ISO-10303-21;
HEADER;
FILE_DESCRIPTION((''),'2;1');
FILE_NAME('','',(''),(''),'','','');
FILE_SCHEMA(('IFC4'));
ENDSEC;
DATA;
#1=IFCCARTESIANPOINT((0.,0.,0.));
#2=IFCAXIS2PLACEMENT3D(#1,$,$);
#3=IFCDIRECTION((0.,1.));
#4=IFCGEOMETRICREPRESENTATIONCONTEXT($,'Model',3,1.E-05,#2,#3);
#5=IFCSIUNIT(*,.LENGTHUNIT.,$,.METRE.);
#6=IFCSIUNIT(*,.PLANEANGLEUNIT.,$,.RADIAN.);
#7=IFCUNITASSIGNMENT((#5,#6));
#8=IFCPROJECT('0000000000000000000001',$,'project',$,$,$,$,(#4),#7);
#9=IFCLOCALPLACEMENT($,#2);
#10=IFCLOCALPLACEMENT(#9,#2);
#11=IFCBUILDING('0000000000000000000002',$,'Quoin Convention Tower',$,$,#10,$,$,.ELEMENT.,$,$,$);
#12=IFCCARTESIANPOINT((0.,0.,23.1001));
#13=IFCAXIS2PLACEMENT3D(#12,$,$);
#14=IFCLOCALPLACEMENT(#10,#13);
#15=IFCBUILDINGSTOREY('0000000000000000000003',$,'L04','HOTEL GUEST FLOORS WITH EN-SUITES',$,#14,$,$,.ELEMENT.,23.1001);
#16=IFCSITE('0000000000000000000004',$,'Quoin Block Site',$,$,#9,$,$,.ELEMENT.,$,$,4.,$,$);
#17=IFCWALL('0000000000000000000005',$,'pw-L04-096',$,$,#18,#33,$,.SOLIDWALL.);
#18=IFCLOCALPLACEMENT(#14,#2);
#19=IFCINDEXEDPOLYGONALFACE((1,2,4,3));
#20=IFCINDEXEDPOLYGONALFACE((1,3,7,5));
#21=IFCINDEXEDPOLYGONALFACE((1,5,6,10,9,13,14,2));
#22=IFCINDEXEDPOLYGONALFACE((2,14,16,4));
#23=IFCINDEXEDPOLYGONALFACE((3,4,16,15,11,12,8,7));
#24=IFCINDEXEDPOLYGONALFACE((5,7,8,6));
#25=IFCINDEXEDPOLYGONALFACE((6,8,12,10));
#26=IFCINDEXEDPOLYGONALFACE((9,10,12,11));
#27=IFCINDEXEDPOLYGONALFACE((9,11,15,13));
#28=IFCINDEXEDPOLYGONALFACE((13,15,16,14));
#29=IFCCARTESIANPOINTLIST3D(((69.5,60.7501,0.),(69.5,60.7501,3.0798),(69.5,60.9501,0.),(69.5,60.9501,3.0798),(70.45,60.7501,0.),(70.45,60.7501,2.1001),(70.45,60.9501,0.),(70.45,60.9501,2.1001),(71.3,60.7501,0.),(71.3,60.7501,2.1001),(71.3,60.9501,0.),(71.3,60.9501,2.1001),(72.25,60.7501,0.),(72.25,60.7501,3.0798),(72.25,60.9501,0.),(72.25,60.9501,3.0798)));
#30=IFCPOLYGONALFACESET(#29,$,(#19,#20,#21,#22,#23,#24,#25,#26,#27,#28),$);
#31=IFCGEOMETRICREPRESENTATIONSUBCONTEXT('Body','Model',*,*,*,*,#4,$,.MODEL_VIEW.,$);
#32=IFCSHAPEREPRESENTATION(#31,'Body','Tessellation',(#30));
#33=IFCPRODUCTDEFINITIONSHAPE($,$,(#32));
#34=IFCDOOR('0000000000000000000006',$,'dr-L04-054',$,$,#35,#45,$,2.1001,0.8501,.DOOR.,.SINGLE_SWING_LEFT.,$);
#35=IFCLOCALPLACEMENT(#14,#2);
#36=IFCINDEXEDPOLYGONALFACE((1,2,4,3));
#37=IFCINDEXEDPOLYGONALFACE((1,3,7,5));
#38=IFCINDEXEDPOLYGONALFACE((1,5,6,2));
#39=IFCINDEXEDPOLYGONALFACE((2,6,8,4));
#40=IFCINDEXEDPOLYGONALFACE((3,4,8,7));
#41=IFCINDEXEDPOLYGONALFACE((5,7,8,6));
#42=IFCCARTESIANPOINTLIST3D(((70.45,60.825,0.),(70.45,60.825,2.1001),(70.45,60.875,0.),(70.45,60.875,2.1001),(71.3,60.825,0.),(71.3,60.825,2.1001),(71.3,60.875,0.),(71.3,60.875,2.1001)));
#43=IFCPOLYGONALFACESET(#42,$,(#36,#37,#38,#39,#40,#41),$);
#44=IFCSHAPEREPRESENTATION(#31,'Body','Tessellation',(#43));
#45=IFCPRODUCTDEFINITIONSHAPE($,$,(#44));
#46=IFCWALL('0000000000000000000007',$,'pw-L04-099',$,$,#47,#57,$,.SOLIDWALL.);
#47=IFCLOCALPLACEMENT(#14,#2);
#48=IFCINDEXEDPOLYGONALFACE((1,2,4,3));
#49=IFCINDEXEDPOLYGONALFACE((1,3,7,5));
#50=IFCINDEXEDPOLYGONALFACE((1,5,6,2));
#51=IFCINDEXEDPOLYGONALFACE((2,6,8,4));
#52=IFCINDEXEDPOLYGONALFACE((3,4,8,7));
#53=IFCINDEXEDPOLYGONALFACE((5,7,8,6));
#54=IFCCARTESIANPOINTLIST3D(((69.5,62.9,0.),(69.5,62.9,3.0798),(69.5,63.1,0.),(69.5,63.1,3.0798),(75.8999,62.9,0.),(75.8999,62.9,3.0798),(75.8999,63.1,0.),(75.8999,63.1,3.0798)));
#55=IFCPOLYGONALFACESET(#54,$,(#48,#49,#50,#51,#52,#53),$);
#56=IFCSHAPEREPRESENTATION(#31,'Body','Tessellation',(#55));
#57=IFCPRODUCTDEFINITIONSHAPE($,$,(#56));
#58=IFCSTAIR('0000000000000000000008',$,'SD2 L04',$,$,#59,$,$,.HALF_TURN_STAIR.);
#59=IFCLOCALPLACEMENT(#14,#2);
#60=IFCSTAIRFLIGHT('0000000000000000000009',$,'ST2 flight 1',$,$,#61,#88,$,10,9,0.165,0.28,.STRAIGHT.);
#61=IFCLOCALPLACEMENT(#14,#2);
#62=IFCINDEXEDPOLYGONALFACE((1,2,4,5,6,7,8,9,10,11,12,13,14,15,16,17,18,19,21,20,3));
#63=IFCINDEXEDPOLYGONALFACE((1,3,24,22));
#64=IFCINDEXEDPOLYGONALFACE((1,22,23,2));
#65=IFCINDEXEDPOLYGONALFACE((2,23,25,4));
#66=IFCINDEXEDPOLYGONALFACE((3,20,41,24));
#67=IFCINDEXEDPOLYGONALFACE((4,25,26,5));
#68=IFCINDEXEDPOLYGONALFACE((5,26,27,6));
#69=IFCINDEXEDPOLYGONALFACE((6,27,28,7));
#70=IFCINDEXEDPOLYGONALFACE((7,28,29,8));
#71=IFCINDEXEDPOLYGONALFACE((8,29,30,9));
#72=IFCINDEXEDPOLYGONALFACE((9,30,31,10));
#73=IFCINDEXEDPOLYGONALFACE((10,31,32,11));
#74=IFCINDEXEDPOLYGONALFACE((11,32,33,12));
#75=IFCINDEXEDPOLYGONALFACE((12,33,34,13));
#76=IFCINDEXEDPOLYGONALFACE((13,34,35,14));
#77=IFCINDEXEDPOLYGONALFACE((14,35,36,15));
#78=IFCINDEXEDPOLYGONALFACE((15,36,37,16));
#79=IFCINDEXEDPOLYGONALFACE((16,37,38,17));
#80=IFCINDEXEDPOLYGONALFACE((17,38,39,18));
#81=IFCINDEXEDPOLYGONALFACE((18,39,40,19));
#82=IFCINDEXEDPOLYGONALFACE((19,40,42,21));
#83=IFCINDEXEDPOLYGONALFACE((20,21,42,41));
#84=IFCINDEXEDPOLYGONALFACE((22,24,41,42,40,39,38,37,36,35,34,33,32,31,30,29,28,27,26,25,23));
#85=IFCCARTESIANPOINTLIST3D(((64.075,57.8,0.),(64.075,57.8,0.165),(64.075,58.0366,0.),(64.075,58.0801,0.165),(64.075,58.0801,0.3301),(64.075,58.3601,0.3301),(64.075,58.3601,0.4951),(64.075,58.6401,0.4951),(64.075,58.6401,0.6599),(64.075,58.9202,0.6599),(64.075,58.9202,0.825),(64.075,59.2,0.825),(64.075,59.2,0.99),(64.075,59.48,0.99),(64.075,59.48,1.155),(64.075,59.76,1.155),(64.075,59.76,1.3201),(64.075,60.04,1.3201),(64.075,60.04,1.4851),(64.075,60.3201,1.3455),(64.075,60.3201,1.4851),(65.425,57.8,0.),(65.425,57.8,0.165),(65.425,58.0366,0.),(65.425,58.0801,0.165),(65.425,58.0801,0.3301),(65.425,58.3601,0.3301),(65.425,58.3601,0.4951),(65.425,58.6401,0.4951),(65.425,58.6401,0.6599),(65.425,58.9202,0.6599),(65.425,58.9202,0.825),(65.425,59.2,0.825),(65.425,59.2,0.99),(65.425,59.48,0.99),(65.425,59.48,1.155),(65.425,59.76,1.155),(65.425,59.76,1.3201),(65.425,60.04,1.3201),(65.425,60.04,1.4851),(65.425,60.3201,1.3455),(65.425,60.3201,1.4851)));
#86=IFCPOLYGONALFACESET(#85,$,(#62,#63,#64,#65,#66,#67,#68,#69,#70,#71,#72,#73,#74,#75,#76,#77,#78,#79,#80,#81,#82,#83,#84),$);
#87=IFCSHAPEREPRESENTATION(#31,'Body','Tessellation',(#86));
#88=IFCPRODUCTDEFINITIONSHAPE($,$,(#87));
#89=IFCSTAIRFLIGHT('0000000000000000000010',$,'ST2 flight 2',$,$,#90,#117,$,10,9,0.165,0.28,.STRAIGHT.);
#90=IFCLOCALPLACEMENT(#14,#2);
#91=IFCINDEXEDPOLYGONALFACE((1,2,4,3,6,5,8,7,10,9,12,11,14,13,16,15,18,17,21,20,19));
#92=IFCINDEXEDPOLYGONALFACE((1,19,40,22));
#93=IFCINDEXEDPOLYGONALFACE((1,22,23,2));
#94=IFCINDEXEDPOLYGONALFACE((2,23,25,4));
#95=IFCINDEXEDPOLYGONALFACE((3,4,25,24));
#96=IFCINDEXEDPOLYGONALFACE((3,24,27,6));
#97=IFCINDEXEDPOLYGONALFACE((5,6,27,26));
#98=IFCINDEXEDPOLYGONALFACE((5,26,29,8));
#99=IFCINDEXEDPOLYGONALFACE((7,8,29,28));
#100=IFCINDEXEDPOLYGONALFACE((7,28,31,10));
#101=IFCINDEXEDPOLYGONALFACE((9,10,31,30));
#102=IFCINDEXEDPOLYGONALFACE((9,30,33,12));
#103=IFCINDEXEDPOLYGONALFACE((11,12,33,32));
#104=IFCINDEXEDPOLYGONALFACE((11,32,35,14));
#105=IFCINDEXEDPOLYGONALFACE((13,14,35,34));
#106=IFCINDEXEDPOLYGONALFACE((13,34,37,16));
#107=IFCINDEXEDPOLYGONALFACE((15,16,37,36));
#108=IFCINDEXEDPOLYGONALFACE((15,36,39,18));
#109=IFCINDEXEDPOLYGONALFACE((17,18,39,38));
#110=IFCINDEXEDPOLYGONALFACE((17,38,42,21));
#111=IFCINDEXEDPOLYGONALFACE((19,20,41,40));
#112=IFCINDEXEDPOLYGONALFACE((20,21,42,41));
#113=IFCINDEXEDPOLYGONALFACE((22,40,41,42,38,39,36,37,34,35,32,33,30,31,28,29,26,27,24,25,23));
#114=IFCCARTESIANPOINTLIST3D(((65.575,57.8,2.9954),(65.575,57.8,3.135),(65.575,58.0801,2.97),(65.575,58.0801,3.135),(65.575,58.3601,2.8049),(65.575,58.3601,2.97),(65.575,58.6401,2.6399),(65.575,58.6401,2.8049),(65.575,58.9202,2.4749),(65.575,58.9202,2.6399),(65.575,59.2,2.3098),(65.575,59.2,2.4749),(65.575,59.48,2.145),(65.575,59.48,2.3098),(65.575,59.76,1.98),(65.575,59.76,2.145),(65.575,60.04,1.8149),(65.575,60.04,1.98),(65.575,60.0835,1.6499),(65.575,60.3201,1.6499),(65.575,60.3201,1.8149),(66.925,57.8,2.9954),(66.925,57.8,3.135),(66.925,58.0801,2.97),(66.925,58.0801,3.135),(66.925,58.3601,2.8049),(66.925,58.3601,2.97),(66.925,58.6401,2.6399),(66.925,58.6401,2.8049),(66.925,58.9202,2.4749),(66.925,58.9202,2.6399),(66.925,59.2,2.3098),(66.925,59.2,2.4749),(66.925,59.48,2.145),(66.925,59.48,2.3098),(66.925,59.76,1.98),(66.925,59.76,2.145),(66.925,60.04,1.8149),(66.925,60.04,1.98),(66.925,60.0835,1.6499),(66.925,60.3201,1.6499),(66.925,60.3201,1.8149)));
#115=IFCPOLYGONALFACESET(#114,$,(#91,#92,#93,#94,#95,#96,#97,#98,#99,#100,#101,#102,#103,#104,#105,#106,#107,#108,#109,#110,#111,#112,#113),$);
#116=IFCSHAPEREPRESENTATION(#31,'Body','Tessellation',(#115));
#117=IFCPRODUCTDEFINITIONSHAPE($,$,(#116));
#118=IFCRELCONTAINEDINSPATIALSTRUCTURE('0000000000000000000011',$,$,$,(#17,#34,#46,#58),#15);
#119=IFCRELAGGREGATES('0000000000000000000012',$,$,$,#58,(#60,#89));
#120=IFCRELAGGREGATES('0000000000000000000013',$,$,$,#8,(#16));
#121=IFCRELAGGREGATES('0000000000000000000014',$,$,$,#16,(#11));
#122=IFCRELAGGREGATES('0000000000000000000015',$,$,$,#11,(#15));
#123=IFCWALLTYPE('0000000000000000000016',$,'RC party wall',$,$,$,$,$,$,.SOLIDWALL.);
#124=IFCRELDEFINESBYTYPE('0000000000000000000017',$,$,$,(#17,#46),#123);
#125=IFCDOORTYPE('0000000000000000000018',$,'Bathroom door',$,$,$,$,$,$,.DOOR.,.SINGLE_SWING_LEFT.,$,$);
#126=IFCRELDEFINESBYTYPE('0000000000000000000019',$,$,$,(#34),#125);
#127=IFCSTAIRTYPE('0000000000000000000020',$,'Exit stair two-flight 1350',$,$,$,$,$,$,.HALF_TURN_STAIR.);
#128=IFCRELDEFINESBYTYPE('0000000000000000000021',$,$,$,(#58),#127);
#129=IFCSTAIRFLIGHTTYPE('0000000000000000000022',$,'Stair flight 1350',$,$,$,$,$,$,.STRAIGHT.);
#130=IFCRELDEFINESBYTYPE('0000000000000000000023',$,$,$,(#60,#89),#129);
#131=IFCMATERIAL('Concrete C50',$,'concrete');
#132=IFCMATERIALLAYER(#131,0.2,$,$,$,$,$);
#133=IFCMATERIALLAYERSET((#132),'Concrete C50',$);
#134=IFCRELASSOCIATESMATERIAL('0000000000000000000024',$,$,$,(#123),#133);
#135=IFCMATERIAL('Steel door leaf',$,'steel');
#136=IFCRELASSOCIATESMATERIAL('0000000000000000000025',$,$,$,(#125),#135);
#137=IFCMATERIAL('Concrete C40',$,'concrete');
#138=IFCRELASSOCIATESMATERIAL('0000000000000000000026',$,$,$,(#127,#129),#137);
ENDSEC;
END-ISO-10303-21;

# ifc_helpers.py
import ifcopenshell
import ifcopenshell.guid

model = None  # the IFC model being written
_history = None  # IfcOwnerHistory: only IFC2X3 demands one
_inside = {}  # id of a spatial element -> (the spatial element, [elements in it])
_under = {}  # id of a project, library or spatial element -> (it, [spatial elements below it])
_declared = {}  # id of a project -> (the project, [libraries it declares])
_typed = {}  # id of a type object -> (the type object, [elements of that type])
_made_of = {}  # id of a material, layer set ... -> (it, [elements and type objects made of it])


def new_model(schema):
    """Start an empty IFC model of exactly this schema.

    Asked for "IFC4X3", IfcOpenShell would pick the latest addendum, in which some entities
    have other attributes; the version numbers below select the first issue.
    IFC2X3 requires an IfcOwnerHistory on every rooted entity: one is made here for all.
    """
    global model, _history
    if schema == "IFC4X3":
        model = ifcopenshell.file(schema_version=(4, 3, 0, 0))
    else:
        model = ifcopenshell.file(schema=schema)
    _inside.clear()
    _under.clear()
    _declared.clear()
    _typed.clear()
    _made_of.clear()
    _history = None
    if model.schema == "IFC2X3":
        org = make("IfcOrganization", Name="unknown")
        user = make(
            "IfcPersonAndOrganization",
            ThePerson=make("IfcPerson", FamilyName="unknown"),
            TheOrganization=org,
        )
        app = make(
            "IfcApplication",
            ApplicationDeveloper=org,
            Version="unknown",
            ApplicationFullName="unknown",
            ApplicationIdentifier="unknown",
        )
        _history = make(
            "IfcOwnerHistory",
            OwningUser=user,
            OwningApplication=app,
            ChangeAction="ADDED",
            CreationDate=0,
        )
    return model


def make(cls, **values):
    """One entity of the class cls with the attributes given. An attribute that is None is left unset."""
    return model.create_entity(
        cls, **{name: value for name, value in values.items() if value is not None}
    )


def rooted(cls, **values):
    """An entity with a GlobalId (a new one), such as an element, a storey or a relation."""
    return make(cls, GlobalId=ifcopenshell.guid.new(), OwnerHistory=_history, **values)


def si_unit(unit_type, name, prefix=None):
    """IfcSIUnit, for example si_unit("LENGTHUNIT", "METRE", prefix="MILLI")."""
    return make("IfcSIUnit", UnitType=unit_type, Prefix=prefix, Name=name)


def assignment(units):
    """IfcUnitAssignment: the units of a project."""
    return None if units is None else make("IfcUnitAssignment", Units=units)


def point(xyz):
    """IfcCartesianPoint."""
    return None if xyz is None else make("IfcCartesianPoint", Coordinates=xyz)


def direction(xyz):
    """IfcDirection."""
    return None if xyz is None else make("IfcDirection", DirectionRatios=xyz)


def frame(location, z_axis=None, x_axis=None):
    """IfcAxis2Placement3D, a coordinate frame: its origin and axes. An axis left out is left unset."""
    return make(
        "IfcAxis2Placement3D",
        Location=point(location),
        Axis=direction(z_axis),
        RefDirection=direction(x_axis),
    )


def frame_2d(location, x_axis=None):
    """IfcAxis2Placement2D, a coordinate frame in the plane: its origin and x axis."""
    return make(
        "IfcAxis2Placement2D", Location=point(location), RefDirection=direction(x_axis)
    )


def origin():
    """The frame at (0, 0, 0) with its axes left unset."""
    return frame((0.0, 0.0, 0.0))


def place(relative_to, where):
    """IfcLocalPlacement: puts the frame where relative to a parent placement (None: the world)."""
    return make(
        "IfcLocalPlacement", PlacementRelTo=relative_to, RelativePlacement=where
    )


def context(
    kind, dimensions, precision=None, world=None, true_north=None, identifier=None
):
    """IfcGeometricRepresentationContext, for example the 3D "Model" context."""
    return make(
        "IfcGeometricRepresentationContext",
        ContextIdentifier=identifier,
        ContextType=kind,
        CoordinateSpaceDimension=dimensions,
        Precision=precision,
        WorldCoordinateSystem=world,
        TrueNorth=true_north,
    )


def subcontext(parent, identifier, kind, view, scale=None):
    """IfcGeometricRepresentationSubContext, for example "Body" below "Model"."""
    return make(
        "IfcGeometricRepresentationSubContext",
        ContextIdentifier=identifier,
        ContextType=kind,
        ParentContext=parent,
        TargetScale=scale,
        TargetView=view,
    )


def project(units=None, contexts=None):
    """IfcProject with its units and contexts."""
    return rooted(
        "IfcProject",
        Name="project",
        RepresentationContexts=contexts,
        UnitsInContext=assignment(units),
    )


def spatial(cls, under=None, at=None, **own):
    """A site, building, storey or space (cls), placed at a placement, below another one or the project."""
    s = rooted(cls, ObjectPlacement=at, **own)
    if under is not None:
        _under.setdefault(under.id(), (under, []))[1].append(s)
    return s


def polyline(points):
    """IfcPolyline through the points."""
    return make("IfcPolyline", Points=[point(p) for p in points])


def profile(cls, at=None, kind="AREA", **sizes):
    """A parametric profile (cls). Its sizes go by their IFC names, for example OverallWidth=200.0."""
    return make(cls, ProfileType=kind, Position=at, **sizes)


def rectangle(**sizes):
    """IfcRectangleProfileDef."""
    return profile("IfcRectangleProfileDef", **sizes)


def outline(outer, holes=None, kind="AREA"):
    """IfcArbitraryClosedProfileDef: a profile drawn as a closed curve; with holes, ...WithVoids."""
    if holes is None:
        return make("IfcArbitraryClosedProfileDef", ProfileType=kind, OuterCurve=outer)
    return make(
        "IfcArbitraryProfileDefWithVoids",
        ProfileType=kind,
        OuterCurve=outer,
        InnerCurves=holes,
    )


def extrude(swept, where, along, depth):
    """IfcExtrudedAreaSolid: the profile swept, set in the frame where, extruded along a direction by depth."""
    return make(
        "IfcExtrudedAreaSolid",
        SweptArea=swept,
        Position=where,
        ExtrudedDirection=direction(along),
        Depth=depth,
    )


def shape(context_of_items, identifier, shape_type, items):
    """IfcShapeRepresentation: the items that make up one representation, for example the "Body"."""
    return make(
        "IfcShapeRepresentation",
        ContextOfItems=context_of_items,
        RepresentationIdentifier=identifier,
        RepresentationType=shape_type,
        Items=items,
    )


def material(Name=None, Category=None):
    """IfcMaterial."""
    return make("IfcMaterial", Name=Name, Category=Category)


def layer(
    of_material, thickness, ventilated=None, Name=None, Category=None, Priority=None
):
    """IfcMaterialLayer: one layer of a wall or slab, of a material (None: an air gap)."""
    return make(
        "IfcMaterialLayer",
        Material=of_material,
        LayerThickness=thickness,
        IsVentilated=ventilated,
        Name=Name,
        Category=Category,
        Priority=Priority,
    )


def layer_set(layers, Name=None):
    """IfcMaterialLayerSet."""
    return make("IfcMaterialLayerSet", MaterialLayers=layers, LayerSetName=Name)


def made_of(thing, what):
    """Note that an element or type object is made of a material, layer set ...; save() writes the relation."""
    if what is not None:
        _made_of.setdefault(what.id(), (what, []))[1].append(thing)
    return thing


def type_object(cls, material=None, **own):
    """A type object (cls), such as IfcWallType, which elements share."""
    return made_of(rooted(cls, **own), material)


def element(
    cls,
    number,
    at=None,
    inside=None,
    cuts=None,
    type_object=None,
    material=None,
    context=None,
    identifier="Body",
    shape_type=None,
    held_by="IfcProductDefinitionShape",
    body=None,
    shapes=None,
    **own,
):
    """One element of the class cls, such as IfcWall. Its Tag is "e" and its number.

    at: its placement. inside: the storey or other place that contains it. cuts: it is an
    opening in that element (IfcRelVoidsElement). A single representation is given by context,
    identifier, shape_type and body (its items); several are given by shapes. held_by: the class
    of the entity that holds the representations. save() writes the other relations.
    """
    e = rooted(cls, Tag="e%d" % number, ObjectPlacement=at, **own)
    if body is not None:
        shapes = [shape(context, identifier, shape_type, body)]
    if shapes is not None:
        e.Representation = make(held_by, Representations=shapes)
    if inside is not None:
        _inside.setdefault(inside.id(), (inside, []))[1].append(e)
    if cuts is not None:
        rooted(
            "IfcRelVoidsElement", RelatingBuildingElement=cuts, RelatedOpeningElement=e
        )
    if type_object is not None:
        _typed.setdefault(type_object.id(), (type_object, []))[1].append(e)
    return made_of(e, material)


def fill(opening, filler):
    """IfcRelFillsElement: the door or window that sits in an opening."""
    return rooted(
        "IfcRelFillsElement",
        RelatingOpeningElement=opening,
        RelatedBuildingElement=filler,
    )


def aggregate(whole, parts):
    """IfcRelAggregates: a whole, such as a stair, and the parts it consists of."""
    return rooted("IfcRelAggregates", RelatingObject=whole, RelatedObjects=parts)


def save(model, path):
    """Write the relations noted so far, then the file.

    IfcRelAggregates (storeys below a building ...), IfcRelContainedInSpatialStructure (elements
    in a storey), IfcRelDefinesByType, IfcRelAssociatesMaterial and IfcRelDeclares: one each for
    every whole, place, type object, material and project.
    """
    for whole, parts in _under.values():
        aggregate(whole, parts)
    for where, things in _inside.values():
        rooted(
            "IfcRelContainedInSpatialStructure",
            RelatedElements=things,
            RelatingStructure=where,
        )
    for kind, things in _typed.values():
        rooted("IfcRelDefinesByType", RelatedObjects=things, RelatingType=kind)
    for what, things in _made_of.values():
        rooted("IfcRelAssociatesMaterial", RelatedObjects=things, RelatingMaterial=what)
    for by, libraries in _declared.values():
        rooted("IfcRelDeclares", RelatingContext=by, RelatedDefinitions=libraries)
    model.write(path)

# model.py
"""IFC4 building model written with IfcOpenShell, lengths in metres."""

from ifc_helpers import new_model, si_unit, direction, frame, frame_2d, origin, place, context, subcontext, project, spatial, polyline, rectangle, outline, extrude, material, layer, layer_set, type_object, element, fill, aggregate, save


model = new_model("IFC4")

# Units and contexts
model_context = context("Model", 3, precision=1e-05, world=origin(), true_north=direction((0.0, 1.0)))
body_context = subcontext(model_context, "Body", "Model", "MODEL_VIEW")
ifc_project = project(units=[si_unit("LENGTHUNIT", "METRE"), si_unit("PLANEANGLEUNIT", "RADIAN")], contexts=[model_context])

# Site, building, storey
site_placement = place(None, origin())
site = spatial("IfcSite", under=ifc_project, at=site_placement, Name="Quoin Block Site", CompositionType="ELEMENT", RefElevation=4.0)
building_placement = place(site_placement, origin())
building = spatial("IfcBuilding", under=site, at=building_placement, Name="Quoin Convention Tower", CompositionType="ELEMENT")
storey_placement = place(building_placement, frame((0.0, 0.0, 23.1001)))
storey = spatial("IfcBuildingStorey", under=building, at=storey_placement, Name="L04", Description="HOTEL GUEST FLOORS WITH EN-SUITES", CompositionType="ELEMENT", Elevation=23.1001)

# Shared definitions
ifc_material_1 = material(Name="Concrete C50", Category="concrete")

# Shared definitions
ifc_material_2 = material(Name="Steel door leaf", Category="steel")

# Shared definitions
ifc_layer_1 = layer(ifc_material_1, 0.2)
ifc_layer_set_1 = layer_set([ifc_layer_1], Name="Concrete C50")
wall_type_1 = type_object("IfcWallType", Name="RC party wall", PredefinedType="SOLIDWALL", material=ifc_layer_set_1)

# Wall, opening, door
wall_1_placement = place(storey_placement, frame((69.5, 60.8501, 0.0), z_axis=(0.0, 0.0, 1.0), x_axis=(1.0, 0.0, 0.0)))
wall_1 = element("IfcWall", 1, at=wall_1_placement, inside=storey, type_object=wall_type_1, Name="pw-L04-096", PredefinedType="SOLIDWALL", context=body_context, shape_type="SweptSolid", body=[
    extrude(rectangle(XDim=2.75, YDim=0.2, at=frame_2d((1.375, 0.0))), origin(), (0.0, 0.0, 1.0), 3.0798),
])
opening_1_placement = place(wall_1_placement, frame((0.95, 0.0, 0.0)))
opening_1 = element("IfcOpeningElement", 2, at=opening_1_placement, cuts=wall_1, PredefinedType="OPENING", context=body_context, shape_type="SweptSolid", body=[
    extrude(rectangle(XDim=0.8501, YDim=2.1001, at=frame_2d((0.425, 1.05))), frame((0.0, 0.1099, 0.0), z_axis=(0.0, -1.0, 0.0), x_axis=(1.0, 0.0, 0.0)), (0.0, 0.0, 1.0), 0.22),
])
door_type_1 = type_object("IfcDoorType", Name="Bathroom door", OperationType="SINGLE_SWING_LEFT", PredefinedType="DOOR", material=ifc_material_2)
door_1_placement = place(opening_1_placement, origin())
door_1 = element("IfcDoor", 3, at=door_1_placement, inside=storey, type_object=door_type_1, Name="dr-L04-054", OperationType="SINGLE_SWING_LEFT", OverallHeight=2.1001, OverallWidth=0.8501, PredefinedType="DOOR", context=body_context, shape_type="SweptSolid", body=[
    extrude(rectangle(XDim=0.8501, YDim=2.1001, at=frame_2d((0.425, 1.05))), frame((0.0, 0.0249, 0.0), z_axis=(0.0, -1.0, 0.0), x_axis=(1.0, 0.0, 0.0)), (0.0, 0.0, 1.0), 0.05),
])
fill(opening_1, door_1)

# Wall
wall_2_placement = place(storey_placement, frame((69.5, 63.0, 0.0), z_axis=(0.0, 0.0, 1.0), x_axis=(1.0, 0.0, 0.0)))
element("IfcWall", 4, at=wall_2_placement, inside=storey, type_object=wall_type_1, Name="pw-L04-099", PredefinedType="SOLIDWALL", context=body_context, shape_type="SweptSolid", body=[
    extrude(rectangle(XDim=6.3999, YDim=0.2, at=frame_2d((3.2, 0.0))), origin(), (0.0, 0.0, 1.0), 3.0798),
])

# Stair, stair flights
ifc_material_3 = material(Name="Concrete C40", Category="concrete")
stair_type = type_object("IfcStairType", Name="Exit stair two-flight 1350", PredefinedType="HALF_TURN_STAIR", material=ifc_material_3)
stair_placement = place(storey_placement, origin())
stair = element("IfcStair", 5, at=stair_placement, inside=storey, type_object=stair_type, Name="SD2 L04", PredefinedType="HALF_TURN_STAIR")
stair_flight_type = type_object("IfcStairFlightType", Name="Stair flight 1350", PredefinedType="STRAIGHT", material=ifc_material_3)
stair_flight_1_placement = place(storey_placement, frame((64.75, 57.8, 0.0), z_axis=(0.0, 0.0, 1.0), x_axis=(0.0, 1.0, 0.0)))
stair_flight_1 = element("IfcStairFlight", 6, at=stair_flight_1_placement, type_object=stair_flight_type, Name="ST2 flight 1", NumberOfRisers=10, NumberOfTreads=9, PredefinedType="STRAIGHT", RiserHeight=0.165, TreadLength=0.28, context=body_context, shape_type="SweptSolid", body=[
    extrude(outline(polyline([(0.0, 0.0), (0.0, 0.165), (0.28, 0.165), (0.28, 0.3301), (0.5601, 0.3301), (0.5601, 0.4951), (0.8401, 0.4951), (0.8401, 0.6599), (1.1201, 0.6599), (1.1201, 0.825), (1.3999, 0.825), (1.3999, 0.99), (1.6799, 0.99), (1.6799, 1.155), (1.96, 1.155), (1.96, 1.3201), (2.24, 1.3201), (2.24, 1.4851), (2.52, 1.4851), (2.52, 1.6499), (2.52, 1.3455), (0.2366, 0.0), (0.0, 0.0)])), frame((0.0, 0.675, 0.0), z_axis=(0.0, -1.0, 0.0), x_axis=(1.0, 0.0, 0.0)), (0.0, 0.0, 1.0), 1.3501),
])
stair_flight_2_placement = place(storey_placement, frame((66.25, 60.3201, 1.6499), z_axis=(0.0, 0.0, 1.0), x_axis=(0.0, -1.0, 0.0)))
stair_flight_2 = element("IfcStairFlight", 7, at=stair_flight_2_placement, type_object=stair_flight_type, Name="ST2 flight 2", NumberOfRisers=10, NumberOfTreads=9, PredefinedType="STRAIGHT", RiserHeight=0.165, TreadLength=0.28, context=body_context, shape_type="SweptSolid", body=[
    extrude(outline(polyline([(0.0, 0.0), (0.0, 0.165), (0.28, 0.165), (0.28, 0.3301), (0.5601, 0.3301), (0.5601, 0.4951), (0.8401, 0.4951), (0.8401, 0.6599), (1.1201, 0.6599), (1.1201, 0.825), (1.3999, 0.825), (1.3999, 0.99), (1.6799, 0.99), (1.6799, 1.155), (1.96, 1.155), (1.96, 1.3201), (2.24, 1.3201), (2.24, 1.4851), (2.52, 1.4851), (2.52, 1.6499), (2.52, 1.3455), (0.2366, 0.0), (0.0, 0.0)])), frame((0.0, 0.675, 0.0), z_axis=(0.0, -1.0, 0.0), x_axis=(1.0, 0.0, 0.0)), (0.0, 0.0, 1.0), 1.3501),
])
aggregate(stair, [stair_flight_1, stair_flight_2])

save(model, "model.ifc")
